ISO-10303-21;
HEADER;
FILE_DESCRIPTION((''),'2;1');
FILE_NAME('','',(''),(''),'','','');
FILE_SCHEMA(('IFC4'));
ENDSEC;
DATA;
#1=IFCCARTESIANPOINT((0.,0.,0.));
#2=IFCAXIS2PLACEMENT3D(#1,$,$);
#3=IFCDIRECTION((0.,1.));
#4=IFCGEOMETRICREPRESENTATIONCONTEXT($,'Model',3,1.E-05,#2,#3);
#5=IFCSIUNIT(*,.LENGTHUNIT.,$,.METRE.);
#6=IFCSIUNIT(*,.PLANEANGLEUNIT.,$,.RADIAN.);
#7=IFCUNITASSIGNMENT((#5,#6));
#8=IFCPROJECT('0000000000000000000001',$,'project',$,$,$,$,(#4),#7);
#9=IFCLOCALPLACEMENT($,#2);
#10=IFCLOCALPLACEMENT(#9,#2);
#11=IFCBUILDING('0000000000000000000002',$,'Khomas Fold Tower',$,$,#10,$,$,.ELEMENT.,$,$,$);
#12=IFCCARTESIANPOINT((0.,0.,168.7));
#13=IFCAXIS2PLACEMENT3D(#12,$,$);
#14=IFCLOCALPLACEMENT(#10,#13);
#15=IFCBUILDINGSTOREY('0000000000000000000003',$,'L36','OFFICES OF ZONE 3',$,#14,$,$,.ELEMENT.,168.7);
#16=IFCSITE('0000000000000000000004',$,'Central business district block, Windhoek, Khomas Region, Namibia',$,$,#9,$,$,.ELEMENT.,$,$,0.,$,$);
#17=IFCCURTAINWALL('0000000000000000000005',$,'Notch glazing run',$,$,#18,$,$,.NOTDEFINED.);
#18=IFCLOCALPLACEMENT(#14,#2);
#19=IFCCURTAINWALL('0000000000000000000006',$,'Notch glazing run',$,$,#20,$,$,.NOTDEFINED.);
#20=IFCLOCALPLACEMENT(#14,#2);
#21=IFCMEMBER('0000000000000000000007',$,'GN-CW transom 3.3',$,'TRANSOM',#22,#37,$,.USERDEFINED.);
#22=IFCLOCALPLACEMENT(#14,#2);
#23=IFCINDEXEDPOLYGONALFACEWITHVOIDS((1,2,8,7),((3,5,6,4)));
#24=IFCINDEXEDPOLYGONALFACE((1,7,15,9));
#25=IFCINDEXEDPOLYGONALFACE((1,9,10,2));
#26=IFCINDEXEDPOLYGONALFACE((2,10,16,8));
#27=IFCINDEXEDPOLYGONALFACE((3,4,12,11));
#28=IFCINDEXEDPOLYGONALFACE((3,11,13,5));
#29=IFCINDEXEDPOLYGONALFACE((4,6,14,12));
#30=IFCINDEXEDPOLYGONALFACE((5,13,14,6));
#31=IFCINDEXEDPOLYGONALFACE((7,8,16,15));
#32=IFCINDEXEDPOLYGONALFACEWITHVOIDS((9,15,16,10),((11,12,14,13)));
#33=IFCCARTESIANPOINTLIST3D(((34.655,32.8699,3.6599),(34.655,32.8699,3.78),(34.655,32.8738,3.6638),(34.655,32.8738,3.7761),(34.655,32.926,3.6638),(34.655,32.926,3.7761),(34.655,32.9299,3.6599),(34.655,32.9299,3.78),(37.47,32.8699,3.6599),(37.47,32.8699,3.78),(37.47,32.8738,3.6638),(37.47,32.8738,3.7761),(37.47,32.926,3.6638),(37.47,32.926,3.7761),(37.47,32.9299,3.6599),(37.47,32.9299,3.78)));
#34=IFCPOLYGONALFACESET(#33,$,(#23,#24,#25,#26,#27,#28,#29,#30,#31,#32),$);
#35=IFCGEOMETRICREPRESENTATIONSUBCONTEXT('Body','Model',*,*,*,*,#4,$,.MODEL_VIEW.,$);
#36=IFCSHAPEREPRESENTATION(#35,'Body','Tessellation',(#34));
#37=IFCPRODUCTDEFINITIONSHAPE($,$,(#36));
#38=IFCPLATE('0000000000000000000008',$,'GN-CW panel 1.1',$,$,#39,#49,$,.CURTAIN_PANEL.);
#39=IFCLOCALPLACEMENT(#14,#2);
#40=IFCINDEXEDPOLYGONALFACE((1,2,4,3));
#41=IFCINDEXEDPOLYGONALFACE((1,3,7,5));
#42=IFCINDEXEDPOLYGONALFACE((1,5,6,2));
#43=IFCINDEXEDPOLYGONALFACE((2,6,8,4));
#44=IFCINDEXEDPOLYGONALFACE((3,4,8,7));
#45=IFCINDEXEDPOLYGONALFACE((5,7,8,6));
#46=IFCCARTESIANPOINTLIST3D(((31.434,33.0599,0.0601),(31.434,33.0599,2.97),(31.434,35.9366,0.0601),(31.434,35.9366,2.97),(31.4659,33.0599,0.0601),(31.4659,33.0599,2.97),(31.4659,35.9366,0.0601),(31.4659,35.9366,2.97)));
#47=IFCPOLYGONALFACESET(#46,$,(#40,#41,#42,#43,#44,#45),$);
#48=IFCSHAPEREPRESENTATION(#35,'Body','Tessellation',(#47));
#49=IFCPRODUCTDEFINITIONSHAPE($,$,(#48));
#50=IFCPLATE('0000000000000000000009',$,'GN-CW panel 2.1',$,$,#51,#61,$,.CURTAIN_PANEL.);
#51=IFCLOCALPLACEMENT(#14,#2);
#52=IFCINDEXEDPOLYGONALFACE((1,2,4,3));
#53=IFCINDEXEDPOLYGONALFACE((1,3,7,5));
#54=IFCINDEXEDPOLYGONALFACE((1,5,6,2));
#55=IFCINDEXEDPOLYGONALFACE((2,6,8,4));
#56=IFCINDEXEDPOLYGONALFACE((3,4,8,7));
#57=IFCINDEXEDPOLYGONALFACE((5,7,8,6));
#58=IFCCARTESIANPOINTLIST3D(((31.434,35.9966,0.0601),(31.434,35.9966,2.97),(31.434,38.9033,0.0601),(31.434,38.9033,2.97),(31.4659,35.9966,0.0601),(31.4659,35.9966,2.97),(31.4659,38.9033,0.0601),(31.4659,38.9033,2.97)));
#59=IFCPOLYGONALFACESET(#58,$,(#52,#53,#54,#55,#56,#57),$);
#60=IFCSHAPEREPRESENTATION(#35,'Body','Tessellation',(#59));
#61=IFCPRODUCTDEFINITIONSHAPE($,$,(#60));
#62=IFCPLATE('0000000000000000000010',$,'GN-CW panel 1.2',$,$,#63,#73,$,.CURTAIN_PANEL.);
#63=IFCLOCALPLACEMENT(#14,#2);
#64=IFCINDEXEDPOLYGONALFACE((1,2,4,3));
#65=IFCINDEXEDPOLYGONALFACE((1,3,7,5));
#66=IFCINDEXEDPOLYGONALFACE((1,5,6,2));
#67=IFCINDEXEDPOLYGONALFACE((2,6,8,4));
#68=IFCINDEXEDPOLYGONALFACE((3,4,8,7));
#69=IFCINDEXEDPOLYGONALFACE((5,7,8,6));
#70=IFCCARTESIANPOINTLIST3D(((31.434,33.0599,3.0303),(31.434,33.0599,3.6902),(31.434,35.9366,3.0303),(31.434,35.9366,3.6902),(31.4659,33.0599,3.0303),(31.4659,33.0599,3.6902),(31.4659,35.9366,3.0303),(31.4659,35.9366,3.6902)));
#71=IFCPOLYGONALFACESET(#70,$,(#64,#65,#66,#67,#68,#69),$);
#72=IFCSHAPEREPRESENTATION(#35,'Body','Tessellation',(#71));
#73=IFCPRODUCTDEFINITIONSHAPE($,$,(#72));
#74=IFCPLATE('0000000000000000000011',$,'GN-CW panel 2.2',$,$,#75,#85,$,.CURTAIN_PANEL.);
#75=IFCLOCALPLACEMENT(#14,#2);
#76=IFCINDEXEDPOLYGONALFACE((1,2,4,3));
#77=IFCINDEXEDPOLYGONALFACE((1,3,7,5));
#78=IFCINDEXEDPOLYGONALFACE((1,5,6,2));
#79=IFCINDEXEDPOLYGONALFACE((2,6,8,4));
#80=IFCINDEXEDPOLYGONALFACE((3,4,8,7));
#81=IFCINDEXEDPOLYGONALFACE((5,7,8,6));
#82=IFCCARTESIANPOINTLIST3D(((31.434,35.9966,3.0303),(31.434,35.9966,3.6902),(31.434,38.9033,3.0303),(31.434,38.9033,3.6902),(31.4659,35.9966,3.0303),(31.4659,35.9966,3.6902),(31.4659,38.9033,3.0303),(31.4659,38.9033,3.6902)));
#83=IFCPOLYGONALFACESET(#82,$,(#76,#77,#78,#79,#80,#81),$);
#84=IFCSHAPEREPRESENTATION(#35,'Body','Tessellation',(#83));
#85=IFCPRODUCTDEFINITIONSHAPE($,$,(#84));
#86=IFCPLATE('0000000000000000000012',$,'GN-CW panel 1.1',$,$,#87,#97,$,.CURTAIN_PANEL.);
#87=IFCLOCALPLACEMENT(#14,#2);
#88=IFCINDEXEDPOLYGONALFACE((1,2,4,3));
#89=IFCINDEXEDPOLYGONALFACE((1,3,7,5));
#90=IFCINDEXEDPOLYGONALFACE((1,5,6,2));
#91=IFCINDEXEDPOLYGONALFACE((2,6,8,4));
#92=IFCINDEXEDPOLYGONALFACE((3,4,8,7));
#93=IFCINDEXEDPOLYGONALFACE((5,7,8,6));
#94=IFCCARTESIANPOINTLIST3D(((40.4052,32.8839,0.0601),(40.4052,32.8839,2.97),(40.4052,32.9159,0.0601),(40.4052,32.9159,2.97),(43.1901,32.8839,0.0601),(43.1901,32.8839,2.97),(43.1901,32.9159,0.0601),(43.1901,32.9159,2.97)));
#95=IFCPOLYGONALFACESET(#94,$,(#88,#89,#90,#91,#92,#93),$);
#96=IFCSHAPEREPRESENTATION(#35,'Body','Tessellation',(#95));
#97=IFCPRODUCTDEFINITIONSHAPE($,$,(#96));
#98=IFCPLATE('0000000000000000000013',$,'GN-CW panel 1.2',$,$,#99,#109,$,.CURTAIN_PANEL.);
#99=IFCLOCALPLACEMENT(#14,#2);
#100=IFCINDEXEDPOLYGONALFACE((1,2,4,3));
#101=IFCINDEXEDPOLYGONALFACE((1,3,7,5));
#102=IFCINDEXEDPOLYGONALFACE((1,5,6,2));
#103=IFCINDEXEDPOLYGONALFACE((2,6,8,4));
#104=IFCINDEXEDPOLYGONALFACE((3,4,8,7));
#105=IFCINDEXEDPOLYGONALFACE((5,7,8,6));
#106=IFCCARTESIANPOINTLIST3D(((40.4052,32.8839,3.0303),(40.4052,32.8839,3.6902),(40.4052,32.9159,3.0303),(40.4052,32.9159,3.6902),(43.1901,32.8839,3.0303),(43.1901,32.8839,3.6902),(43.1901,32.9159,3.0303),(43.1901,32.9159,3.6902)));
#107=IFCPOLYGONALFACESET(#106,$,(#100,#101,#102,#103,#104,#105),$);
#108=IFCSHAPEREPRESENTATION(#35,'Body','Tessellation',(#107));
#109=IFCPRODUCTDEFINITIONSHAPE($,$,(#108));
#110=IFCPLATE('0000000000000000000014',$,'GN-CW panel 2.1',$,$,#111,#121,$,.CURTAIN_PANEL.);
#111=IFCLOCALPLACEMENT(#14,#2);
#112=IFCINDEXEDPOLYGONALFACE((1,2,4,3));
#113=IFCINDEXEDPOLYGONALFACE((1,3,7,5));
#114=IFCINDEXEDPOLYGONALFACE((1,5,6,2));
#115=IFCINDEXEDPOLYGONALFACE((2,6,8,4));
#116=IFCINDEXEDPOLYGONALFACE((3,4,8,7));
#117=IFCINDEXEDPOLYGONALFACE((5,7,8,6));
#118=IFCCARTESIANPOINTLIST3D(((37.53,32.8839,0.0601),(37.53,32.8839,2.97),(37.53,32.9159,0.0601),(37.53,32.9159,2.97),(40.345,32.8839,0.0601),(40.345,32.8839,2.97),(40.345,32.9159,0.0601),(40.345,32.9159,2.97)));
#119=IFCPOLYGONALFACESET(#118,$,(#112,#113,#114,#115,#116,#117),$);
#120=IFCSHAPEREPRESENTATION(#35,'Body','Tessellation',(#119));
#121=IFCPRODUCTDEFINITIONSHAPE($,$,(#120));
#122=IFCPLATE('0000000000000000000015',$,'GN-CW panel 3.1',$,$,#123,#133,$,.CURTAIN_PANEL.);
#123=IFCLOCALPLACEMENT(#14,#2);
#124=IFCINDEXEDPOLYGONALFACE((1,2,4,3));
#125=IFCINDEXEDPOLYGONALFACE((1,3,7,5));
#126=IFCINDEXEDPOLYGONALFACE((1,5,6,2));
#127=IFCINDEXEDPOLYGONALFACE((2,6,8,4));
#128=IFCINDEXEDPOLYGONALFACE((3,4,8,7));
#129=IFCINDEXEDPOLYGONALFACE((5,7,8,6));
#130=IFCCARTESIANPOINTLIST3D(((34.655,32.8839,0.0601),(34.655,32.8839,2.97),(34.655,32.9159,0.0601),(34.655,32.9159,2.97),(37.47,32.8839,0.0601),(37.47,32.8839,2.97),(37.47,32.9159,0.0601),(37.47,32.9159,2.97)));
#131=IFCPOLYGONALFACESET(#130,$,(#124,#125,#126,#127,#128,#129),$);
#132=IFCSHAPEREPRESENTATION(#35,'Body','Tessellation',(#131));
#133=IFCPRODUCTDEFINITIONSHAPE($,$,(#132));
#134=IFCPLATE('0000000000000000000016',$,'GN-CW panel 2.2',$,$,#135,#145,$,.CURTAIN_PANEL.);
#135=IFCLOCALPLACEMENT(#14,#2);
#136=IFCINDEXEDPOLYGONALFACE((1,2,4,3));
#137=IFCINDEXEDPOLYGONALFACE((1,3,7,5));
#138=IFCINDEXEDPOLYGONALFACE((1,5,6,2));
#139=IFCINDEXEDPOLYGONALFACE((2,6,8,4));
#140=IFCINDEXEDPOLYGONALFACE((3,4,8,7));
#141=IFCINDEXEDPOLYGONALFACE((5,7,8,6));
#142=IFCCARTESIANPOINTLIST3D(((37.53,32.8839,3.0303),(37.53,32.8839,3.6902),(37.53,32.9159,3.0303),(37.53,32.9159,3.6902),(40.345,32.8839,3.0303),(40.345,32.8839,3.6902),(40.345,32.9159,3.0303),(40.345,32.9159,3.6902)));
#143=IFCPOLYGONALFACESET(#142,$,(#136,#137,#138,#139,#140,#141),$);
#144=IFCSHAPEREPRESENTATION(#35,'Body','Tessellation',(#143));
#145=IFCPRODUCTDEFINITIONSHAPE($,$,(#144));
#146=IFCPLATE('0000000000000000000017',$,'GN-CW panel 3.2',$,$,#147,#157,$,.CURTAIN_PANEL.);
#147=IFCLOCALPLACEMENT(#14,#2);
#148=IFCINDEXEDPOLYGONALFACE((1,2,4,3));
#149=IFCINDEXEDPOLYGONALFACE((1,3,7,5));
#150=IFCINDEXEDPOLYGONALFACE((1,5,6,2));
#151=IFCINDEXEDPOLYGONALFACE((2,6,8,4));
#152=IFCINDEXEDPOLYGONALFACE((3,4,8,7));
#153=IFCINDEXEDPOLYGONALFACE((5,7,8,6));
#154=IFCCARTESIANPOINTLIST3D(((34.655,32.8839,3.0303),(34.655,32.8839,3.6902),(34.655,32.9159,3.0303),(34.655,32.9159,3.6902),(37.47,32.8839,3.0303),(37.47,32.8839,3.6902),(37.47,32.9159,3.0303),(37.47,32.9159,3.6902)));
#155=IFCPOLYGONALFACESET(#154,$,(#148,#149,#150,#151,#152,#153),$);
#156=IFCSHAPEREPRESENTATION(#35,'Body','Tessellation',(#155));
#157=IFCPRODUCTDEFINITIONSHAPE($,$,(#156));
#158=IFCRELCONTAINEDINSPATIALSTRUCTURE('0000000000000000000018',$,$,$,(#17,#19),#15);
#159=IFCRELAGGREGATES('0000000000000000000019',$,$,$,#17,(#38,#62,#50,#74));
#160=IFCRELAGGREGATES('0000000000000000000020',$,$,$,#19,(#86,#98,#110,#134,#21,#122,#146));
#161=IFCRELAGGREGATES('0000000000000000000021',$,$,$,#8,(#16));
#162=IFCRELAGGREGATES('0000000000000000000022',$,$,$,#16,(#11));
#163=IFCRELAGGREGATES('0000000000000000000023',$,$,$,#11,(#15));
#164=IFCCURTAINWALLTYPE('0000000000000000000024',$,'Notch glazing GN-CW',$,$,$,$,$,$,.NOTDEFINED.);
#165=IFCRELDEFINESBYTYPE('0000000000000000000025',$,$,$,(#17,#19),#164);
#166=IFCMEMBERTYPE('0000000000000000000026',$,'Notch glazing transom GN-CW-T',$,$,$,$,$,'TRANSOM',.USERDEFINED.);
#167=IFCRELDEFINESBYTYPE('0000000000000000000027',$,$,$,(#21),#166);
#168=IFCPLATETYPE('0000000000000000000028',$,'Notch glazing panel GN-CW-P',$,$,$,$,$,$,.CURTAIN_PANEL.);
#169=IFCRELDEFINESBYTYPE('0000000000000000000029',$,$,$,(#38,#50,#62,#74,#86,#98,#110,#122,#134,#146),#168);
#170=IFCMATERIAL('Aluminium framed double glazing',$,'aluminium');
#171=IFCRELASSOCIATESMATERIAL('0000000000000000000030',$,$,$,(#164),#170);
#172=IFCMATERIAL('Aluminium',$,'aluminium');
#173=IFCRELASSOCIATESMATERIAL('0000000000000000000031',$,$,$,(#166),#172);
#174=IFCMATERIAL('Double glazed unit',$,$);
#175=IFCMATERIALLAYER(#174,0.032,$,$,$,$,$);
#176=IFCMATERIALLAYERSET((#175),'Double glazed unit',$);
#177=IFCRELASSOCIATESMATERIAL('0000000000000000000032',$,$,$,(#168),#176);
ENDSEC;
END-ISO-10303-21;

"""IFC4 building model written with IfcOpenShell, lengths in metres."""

from ifc_helpers import new_model, si_unit, direction, frame, origin, origin_2d, place, context, subcontext, project, spatial, rectangle, hollow_rectangle, extrude, source, transform, mapped, material, layer, layer_set, material_profile, profile_set, type_object, element, aggregate, save


model = new_model("IFC4")

# Units and contexts
model_context = context("Model", 3, precision=1e-05, world=origin(), true_north=direction((0.0, 1.0)))
body_context = subcontext(model_context, "Body", "Model", "MODEL_VIEW")
ifc_project = project(units=[si_unit("LENGTHUNIT", "METRE"), si_unit("PLANEANGLEUNIT", "RADIAN")], contexts=[model_context])

# Site, building, storey
site_placement = place(None, origin())
site = spatial("IfcSite", under=ifc_project, at=site_placement, Name="Central business district block, Windhoek, Khomas Region, Namibia", CompositionType="ELEMENT", RefElevation=0.0)
building_placement = place(site_placement, origin())
building = spatial("IfcBuilding", under=site, at=building_placement, Name="Khomas Fold Tower", CompositionType="ELEMENT")
storey_placement = place(building_placement, frame((0.0, 0.0, 168.7)))
storey = spatial("IfcBuildingStorey", under=building, at=storey_placement, Name="L36", Description="OFFICES OF ZONE 3", CompositionType="ELEMENT", Elevation=168.7)

# Curtain wall
ifc_material_1 = material(Name="Aluminium framed double glazing", Category="aluminium")
curtain_wall_type = type_object("IfcCurtainWallType", Name="Notch glazing GN-CW", PredefinedType="NOTDEFINED", material=ifc_material_1)
curtain_wall_1_placement = place(storey_placement, origin())
curtain_wall_1 = element("IfcCurtainWall", 1, at=curtain_wall_1_placement, inside=storey, type_object=curtain_wall_type, Name="Notch glazing run", PredefinedType="NOTDEFINED")
ifc_material_2 = material(Name="Aluminium", Category="aluminium")
ifc_material_profile_1 = material_profile(ifc_material_2, hollow_rectangle(XDim=0.0601, YDim=0.1201, WallThickness=0.0039, at=origin_2d()), Name="Notch glazing transom GN-CW-T")
ifc_profile_set_1 = profile_set([ifc_material_profile_1], Name="Aluminium")
member_type_1 = type_object("IfcMemberType", Name="Notch glazing transom GN-CW-T", ElementType="TRANSOM", PredefinedType="USERDEFINED", material=ifc_profile_set_1)

# Curtain wall
curtain_wall_2_placement = place(storey_placement, origin())
curtain_wall_2 = element("IfcCurtainWall", 2, at=curtain_wall_2_placement, inside=storey, type_object=curtain_wall_type, Name="Notch glazing run", PredefinedType="NOTDEFINED")

# Member
shared_shape_1 = source(origin(), body_context, "Body", "SweptSolid", [
    extrude(hollow_rectangle(XDim=0.0601, YDim=0.1201, WallThickness=0.0039, at=origin_2d()), origin(), (0.0, 0.0, 1.0), 2.8149),
])
member_1_placement = place(storey_placement, frame((37.47, 32.8999, 3.72), z_axis=(-1.0, 0.0, 0.0), x_axis=(0.0, -1.0, 0.0)))
member_1 = element("IfcMember", 3, at=member_1_placement, type_object=member_type_1, Name="GN-CW transom 3.3", ObjectType="TRANSOM", PredefinedType="USERDEFINED", context=body_context, shape_type="MappedRepresentation", body=[
    mapped(shared_shape_1, transform((0.0, 0.0, 0.0))),
])

# Plates
ifc_material_3 = material(Name="Double glazed unit")
ifc_layer = layer(ifc_material_3, 0.032)
ifc_layer_set = layer_set([ifc_layer], Name="Double glazed unit")
plate_type = type_object("IfcPlateType", Name="Notch glazing panel GN-CW-P", PredefinedType="CURTAIN_PANEL", material=ifc_layer_set)
shared_shape_2 = source(origin(), body_context, "Body", "SweptSolid", [
    extrude(rectangle(XDim=2.8767, YDim=0.032, at=origin_2d()), origin(), (0.0, 0.0, 1.0), 2.9099),
])
plate_1_placement = place(storey_placement, frame((31.45, 34.4983, 0.0601), z_axis=(0.0, 0.0, 1.0), x_axis=(0.0, 1.0, 0.0)))
plate_1 = element("IfcPlate", 4, at=plate_1_placement, type_object=plate_type, Name="GN-CW panel 1.1", PredefinedType="CURTAIN_PANEL", context=body_context, shape_type="MappedRepresentation", body=[
    mapped(shared_shape_2, transform((0.0, 0.0, 0.0))),
])
shared_shape_3 = source(origin(), body_context, "Body", "SweptSolid", [
    extrude(rectangle(XDim=2.9067, YDim=0.032, at=origin_2d()), origin(), (0.0, 0.0, 1.0), 2.9099),
])
plate_2_placement = place(storey_placement, frame((31.45, 37.45, 0.0601), z_axis=(0.0, 0.0, 1.0), x_axis=(0.0, 1.0, 0.0)))
plate_2 = element("IfcPlate", 5, at=plate_2_placement, type_object=plate_type, Name="GN-CW panel 2.1", PredefinedType="CURTAIN_PANEL", context=body_context, shape_type="MappedRepresentation", body=[
    mapped(shared_shape_3, transform((0.0, 0.0, 0.0))),
])
shared_shape_4 = source(origin(), body_context, "Body", "SweptSolid", [
    extrude(rectangle(XDim=2.8767, YDim=0.032, at=origin_2d()), origin(), (0.0, 0.0, 1.0), 0.6599),
])
plate_3_placement = place(storey_placement, frame((31.45, 34.4983, 3.0303), z_axis=(0.0, 0.0, 1.0), x_axis=(0.0, 1.0, 0.0)))
plate_3 = element("IfcPlate", 6, at=plate_3_placement, type_object=plate_type, Name="GN-CW panel 1.2", PredefinedType="CURTAIN_PANEL", context=body_context, shape_type="MappedRepresentation", body=[
    mapped(shared_shape_4, transform((0.0, 0.0, 0.0))),
])
shared_shape_5 = source(origin(), body_context, "Body", "SweptSolid", [
    extrude(rectangle(XDim=2.9067, YDim=0.032, at=origin_2d()), origin(), (0.0, 0.0, 1.0), 0.6599),
])
plate_4_placement = place(storey_placement, frame((31.45, 37.45, 3.0303), z_axis=(0.0, 0.0, 1.0), x_axis=(0.0, 1.0, 0.0)))
plate_4 = element("IfcPlate", 7, at=plate_4_placement, type_object=plate_type, Name="GN-CW panel 2.2", PredefinedType="CURTAIN_PANEL", context=body_context, shape_type="MappedRepresentation", body=[
    mapped(shared_shape_5, transform((0.0, 0.0, 0.0))),
])
aggregate(curtain_wall_1, [plate_1, plate_3, plate_2, plate_4])
shared_shape_6 = source(origin(), body_context, "Body", "SweptSolid", [
    extrude(rectangle(XDim=2.7849, YDim=0.032, at=origin_2d()), origin(), (0.0, 0.0, 1.0), 2.9099),
])
plate_5_placement = place(storey_placement, frame((41.7976, 32.8999, 0.0601), z_axis=(0.0, 0.0, 1.0), x_axis=(-1.0, 0.0, 0.0)))
plate_5 = element("IfcPlate", 8, at=plate_5_placement, type_object=plate_type, Name="GN-CW panel 1.1", PredefinedType="CURTAIN_PANEL", context=body_context, shape_type="MappedRepresentation", body=[
    mapped(shared_shape_6, transform((0.0, 0.0, 0.0))),
])
shared_shape_7 = source(origin(), body_context, "Body", "SweptSolid", [
    extrude(rectangle(XDim=2.7849, YDim=0.032, at=origin_2d()), origin(), (0.0, 0.0, 1.0), 0.6599),
])
plate_6_placement = place(storey_placement, frame((41.7976, 32.8999, 3.0303), z_axis=(0.0, 0.0, 1.0), x_axis=(-1.0, 0.0, 0.0)))
plate_6 = element("IfcPlate", 9, at=plate_6_placement, type_object=plate_type, Name="GN-CW panel 1.2", PredefinedType="CURTAIN_PANEL", context=body_context, shape_type="MappedRepresentation", body=[
    mapped(shared_shape_7, transform((0.0, 0.0, 0.0))),
])
shared_shape_8 = source(origin(), body_context, "Body", "SweptSolid", [
    extrude(rectangle(XDim=2.8149, YDim=0.032, at=origin_2d()), origin(), (0.0, 0.0, 1.0), 2.9099),
])
plate_7_placement = place(storey_placement, frame((38.9375, 32.8999, 0.0601), z_axis=(0.0, 0.0, 1.0), x_axis=(-1.0, 0.0, 0.0)))
plate_7 = element("IfcPlate", 10, at=plate_7_placement, type_object=plate_type, Name="GN-CW panel 2.1", PredefinedType="CURTAIN_PANEL", context=body_context, shape_type="MappedRepresentation", body=[
    mapped(shared_shape_8, transform((0.0, 0.0, 0.0))),
])
plate_8_placement = place(storey_placement, frame((36.0625, 32.8999, 0.0601), z_axis=(0.0, 0.0, 1.0), x_axis=(-1.0, 0.0, 0.0)))
plate_8 = element("IfcPlate", 11, at=plate_8_placement, type_object=plate_type, Name="GN-CW panel 3.1", PredefinedType="CURTAIN_PANEL", context=body_context, shape_type="MappedRepresentation", body=[
    mapped(shared_shape_8, transform((0.0, 0.0, 0.0))),
])
shared_shape_9 = source(origin(), body_context, "Body", "SweptSolid", [
    extrude(rectangle(XDim=2.8149, YDim=0.032, at=origin_2d()), origin(), (0.0, 0.0, 1.0), 0.6599),
])
plate_9_placement = place(storey_placement, frame((38.9375, 32.8999, 3.0303), z_axis=(0.0, 0.0, 1.0), x_axis=(-1.0, 0.0, 0.0)))
plate_9 = element("IfcPlate", 12, at=plate_9_placement, type_object=plate_type, Name="GN-CW panel 2.2", PredefinedType="CURTAIN_PANEL", context=body_context, shape_type="MappedRepresentation", body=[
    mapped(shared_shape_9, transform((0.0, 0.0, 0.0))),
])
plate_10_placement = place(storey_placement, frame((36.0625, 32.8999, 3.0303), z_axis=(0.0, 0.0, 1.0), x_axis=(-1.0, 0.0, 0.0)))
plate_10 = element("IfcPlate", 13, at=plate_10_placement, type_object=plate_type, Name="GN-CW panel 3.2", PredefinedType="CURTAIN_PANEL", context=body_context, shape_type="MappedRepresentation", body=[
    mapped(shared_shape_9, transform((0.0, 0.0, 0.0))),
])
aggregate(curtain_wall_2, [plate_5, plate_6, plate_7, plate_9, member_1, plate_8, plate_10])

save(model, "model.ifc")
